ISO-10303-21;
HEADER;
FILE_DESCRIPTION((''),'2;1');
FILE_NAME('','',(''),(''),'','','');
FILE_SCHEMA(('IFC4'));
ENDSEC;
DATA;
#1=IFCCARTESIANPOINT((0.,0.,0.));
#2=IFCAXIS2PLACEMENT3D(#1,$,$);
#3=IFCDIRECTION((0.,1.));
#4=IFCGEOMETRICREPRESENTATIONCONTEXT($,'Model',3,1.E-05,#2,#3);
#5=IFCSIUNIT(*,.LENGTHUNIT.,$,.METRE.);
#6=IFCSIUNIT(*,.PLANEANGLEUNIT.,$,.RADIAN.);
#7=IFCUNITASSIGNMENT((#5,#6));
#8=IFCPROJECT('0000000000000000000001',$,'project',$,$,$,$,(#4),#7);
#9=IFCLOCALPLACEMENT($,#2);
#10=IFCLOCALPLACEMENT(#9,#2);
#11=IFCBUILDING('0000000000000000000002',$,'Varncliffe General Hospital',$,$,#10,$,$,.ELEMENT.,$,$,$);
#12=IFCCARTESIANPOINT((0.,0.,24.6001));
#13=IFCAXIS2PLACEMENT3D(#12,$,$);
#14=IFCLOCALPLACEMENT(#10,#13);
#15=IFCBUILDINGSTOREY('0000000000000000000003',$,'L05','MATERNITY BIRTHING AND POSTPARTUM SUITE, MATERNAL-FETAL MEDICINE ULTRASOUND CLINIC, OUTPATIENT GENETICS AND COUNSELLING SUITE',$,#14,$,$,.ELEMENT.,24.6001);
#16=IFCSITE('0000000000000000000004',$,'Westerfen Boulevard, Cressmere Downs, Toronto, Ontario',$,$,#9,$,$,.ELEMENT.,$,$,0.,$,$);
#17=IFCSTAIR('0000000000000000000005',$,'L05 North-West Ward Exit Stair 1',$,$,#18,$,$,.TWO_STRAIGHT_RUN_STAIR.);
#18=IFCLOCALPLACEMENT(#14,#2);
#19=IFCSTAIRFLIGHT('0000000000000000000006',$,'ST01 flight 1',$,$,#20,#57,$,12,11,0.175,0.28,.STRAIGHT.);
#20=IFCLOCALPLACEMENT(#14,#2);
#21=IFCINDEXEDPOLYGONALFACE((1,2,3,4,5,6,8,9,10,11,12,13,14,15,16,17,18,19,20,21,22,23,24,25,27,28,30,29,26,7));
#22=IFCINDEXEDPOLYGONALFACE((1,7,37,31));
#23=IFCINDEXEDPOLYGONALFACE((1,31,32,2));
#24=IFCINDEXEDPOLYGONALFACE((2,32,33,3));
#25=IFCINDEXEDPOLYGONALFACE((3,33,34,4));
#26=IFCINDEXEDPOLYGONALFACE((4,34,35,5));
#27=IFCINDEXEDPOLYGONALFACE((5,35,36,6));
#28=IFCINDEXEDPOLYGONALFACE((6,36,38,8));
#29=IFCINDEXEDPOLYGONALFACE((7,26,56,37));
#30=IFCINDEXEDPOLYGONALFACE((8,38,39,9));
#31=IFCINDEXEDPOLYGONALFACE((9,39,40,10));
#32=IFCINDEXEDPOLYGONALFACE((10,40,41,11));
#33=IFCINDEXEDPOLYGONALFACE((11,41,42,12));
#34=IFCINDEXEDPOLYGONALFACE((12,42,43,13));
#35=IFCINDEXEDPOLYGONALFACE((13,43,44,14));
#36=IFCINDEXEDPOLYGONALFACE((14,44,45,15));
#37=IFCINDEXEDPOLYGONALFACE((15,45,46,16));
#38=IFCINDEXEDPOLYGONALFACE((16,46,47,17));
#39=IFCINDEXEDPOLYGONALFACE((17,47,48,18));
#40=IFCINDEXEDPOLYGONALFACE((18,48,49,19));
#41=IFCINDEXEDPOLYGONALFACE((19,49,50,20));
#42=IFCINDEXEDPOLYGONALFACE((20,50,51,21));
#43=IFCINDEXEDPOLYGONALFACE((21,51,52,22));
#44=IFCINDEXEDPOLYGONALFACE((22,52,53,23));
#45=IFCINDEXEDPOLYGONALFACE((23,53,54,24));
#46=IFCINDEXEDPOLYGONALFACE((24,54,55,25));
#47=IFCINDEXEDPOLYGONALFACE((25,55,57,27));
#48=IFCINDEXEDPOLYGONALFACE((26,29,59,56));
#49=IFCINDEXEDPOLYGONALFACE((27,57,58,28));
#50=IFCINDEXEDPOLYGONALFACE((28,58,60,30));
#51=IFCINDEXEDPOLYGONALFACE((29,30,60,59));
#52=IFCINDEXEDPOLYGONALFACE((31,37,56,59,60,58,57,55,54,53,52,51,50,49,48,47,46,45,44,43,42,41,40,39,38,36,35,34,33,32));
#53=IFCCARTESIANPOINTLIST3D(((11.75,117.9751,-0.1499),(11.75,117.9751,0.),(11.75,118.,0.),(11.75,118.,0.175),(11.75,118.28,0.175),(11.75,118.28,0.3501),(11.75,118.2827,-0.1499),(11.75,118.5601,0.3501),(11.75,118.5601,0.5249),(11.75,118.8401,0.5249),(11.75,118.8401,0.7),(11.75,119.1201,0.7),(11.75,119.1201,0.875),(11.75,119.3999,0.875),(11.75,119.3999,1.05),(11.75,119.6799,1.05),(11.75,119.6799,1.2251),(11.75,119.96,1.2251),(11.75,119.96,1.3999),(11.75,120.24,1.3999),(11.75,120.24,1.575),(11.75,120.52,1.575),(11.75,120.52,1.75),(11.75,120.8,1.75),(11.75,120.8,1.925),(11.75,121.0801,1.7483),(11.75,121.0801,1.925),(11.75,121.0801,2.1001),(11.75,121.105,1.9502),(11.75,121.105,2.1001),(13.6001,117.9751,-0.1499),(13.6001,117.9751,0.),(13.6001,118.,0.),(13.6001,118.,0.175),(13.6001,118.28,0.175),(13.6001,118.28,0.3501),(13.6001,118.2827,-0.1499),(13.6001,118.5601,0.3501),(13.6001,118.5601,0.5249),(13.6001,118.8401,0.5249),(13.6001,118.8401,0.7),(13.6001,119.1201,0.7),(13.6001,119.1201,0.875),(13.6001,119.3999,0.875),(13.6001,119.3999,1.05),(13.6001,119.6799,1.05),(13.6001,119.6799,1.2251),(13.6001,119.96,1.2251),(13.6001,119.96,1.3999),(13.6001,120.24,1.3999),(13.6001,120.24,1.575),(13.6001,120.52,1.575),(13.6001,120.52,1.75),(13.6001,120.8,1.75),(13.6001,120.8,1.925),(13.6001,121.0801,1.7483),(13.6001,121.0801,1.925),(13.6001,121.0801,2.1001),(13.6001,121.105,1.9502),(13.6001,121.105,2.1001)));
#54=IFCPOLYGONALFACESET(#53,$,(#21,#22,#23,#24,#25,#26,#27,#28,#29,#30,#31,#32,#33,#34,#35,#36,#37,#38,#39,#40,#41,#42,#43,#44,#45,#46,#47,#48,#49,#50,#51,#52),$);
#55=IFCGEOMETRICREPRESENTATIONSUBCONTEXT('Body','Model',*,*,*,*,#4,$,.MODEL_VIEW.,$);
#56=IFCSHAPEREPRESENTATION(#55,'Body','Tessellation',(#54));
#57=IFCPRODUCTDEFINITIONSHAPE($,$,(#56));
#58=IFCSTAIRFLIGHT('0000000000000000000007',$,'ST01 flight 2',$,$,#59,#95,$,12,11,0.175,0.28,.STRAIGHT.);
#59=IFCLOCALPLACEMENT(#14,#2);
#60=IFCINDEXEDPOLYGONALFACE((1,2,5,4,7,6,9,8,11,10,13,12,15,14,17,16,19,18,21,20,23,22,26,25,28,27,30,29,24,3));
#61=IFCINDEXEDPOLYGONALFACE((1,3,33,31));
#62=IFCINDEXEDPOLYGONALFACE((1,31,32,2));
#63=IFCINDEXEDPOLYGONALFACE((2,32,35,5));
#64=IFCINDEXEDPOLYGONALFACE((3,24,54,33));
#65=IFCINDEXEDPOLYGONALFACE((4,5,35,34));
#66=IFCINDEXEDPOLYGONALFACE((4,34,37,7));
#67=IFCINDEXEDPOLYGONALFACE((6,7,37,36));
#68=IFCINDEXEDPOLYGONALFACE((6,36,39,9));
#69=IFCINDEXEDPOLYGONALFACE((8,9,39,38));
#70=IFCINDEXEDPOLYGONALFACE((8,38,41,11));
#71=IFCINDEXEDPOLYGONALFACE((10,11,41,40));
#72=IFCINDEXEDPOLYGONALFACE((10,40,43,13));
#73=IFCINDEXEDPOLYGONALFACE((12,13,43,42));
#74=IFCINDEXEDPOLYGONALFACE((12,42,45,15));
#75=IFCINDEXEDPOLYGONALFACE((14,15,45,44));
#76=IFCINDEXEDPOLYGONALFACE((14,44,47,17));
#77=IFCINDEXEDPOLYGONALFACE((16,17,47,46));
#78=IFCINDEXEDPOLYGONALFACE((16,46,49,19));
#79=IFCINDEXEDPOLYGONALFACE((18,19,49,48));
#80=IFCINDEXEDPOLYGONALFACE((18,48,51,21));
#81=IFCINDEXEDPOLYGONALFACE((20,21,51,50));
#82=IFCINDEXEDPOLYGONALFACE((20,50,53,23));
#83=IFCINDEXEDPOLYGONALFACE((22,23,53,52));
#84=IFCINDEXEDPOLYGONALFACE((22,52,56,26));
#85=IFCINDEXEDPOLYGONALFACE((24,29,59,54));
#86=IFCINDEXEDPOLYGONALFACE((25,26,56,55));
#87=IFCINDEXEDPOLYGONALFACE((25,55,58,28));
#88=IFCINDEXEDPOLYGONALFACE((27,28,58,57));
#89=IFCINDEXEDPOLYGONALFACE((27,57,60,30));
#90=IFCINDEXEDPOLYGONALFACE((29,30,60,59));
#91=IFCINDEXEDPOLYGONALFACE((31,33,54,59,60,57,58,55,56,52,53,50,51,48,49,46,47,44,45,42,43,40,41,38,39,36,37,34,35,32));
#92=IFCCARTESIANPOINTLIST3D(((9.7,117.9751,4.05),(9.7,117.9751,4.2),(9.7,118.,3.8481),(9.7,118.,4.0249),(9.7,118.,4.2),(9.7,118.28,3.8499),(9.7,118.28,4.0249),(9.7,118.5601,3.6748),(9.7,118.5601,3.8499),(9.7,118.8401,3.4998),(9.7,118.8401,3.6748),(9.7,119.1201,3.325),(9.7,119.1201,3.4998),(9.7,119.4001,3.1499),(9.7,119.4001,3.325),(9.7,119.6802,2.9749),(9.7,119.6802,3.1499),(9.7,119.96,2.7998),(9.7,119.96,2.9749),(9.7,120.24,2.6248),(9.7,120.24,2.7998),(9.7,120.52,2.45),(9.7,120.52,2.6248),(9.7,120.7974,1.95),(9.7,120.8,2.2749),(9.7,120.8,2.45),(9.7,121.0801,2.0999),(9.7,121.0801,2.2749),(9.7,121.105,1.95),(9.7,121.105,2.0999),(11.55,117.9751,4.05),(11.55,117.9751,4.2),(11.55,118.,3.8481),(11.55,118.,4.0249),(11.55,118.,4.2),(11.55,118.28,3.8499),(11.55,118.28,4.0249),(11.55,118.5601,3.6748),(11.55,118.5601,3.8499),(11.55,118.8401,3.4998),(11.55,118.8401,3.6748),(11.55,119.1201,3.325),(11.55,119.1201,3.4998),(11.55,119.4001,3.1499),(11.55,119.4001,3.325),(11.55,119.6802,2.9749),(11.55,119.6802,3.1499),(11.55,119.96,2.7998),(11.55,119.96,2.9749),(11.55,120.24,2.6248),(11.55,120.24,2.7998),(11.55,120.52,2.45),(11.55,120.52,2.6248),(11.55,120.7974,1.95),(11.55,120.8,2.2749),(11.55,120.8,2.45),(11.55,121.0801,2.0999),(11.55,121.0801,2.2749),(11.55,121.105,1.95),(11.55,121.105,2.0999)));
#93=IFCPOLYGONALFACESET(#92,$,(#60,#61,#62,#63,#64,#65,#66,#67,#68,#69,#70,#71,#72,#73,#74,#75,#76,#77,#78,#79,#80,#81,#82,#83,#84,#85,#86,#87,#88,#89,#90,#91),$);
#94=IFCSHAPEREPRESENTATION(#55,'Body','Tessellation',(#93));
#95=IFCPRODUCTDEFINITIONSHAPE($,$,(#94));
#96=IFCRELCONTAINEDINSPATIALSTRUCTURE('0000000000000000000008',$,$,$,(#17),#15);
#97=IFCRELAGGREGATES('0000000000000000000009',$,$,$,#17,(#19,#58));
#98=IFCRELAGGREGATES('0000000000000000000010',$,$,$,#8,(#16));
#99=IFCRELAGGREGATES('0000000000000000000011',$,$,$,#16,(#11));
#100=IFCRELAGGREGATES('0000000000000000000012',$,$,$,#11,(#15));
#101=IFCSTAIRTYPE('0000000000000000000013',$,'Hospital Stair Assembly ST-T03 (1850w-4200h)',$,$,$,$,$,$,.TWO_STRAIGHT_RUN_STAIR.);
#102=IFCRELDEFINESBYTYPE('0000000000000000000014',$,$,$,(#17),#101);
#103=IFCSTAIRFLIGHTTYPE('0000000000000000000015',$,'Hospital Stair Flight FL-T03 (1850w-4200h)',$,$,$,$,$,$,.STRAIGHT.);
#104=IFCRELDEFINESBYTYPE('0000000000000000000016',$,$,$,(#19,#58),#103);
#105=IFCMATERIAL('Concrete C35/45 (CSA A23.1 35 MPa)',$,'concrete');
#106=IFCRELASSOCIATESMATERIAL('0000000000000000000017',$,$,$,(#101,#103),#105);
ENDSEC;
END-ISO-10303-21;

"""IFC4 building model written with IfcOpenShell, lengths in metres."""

from ifc_helpers import new_model, si_unit, direction, frame, origin, place, context, subcontext, project, spatial, polyline, outline, extrude, material, type_object, element, aggregate, save


model = new_model("IFC4")

# Units and contexts
model_context = context("Model", 3, precision=1e-05, world=origin(), true_north=direction((0.0, 1.0)))
body_context = subcontext(model_context, "Body", "Model", "MODEL_VIEW")
ifc_project = project(units=[si_unit("LENGTHUNIT", "METRE"), si_unit("PLANEANGLEUNIT", "RADIAN")], contexts=[model_context])

# Site, building, storey
site_placement = place(None, origin())
site = spatial("IfcSite", under=ifc_project, at=site_placement, Name="Westerfen Boulevard, Cressmere Downs, Toronto, Ontario", CompositionType="ELEMENT", RefElevation=0.0)
building_placement = place(site_placement, origin())
building = spatial("IfcBuilding", under=site, at=building_placement, Name="Varncliffe General Hospital", CompositionType="ELEMENT")
storey_placement = place(building_placement, frame((0.0, 0.0, 24.6001)))
storey = spatial("IfcBuildingStorey", under=building, at=storey_placement, Name="L05", Description="MATERNITY BIRTHING AND POSTPARTUM SUITE, MATERNAL-FETAL MEDICINE ULTRASOUND CLINIC, OUTPATIENT GENETICS AND COUNSELLING SUITE", CompositionType="ELEMENT", Elevation=24.6001)

# Shared definitions
ifc_material_1 = material(Name="Concrete C35/45 (CSA A23.1 35 MPa)", Category="concrete")

# Stair, stair flights
stair_type = type_object("IfcStairType", Name="Hospital Stair Assembly ST-T03 (1850w-4200h)", PredefinedType="TWO_STRAIGHT_RUN_STAIR", material=ifc_material_1)
stair_placement = place(storey_placement, origin())
stair = element("IfcStair", 1, at=stair_placement, inside=storey, type_object=stair_type, Name="L05 North-West Ward Exit Stair 1", PredefinedType="TWO_STRAIGHT_RUN_STAIR")
stair_flight_type = type_object("IfcStairFlightType", Name="Hospital Stair Flight FL-T03 (1850w-4200h)", PredefinedType="STRAIGHT", material=ifc_material_1)
stair_flight_1_placement = place(storey_placement, frame((12.675, 118.0, 0.0), z_axis=(0.0, 0.0, 1.0), x_axis=(0.0, 1.0, 0.0)))
stair_flight_1 = element("IfcStairFlight", 2, at=stair_flight_1_placement, type_object=stair_flight_type, Name="ST01 flight 1", NumberOfRisers=12, NumberOfTreads=11, PredefinedType="STRAIGHT", RiserHeight=0.175, TreadLength=0.28, context=body_context, shape_type="SweptSolid", body=[
    extrude(outline(polyline([(-0.0249, -0.1499), (-0.0249, 0.0), (0.0, 0.0), (0.0, 0.175), (0.28, 0.175), (0.28, 0.3501), (0.5601, 0.3501), (0.5601, 0.5249), (0.8401, 0.5249), (0.8401, 0.7), (1.1201, 0.7), (1.1201, 0.875), (1.3999, 0.875), (1.3999, 1.05), (1.6799, 1.05), (1.6799, 1.2251), (1.96, 1.2251), (1.96, 1.3999), (2.24, 1.3999), (2.24, 1.575), (2.52, 1.575), (2.52, 1.75), (2.8, 1.75), (2.8, 1.925), (3.0801, 1.925), (3.0801, 2.1001), (3.105, 2.1001), (3.105, 1.9502), (3.0801, 1.7483), (0.2827, -0.1499), (-0.0249, -0.1499)])), frame((0.0, 0.925, 0.0), z_axis=(0.0, -1.0, 0.0), x_axis=(1.0, 0.0, 0.0)), (0.0, 0.0, 1.0), 1.8501),
])
stair_flight_2_placement = place(storey_placement, frame((10.625, 121.0801, 2.0999), z_axis=(0.0, 0.0, 1.0), x_axis=(0.0, -1.0, 0.0)))
stair_flight_2 = element("IfcStairFlight", 3, at=stair_flight_2_placement, type_object=stair_flight_type, Name="ST01 flight 2", NumberOfRisers=12, NumberOfTreads=11, PredefinedType="STRAIGHT", RiserHeight=0.175, TreadLength=0.28, context=body_context, shape_type="SweptSolid", body=[
    extrude(outline(polyline([(-0.0249, -0.1499), (-0.0249, 0.0), (0.0, 0.0), (0.0, 0.175), (0.28, 0.175), (0.28, 0.3501), (0.5601, 0.3501), (0.5601, 0.5249), (0.8401, 0.5249), (0.8401, 0.7), (1.1201, 0.7), (1.1201, 0.875), (1.3999, 0.875), (1.3999, 1.05), (1.6799, 1.05), (1.6799, 1.2251), (1.96, 1.2251), (1.96, 1.3999), (2.24, 1.3999), (2.24, 1.575), (2.52, 1.575), (2.52, 1.75), (2.8, 1.75), (2.8, 1.925), (3.0801, 1.925), (3.0801, 2.1001), (3.105, 2.1001), (3.105, 1.9502), (3.0801, 1.7483), (0.2827, -0.1499), (-0.0249, -0.1499)])), frame((0.0, 0.925, 0.0), z_axis=(0.0, -1.0, 0.0), x_axis=(1.0, 0.0, 0.0)), (0.0, 0.0, 1.0), 1.8501),
])
aggregate(stair, [stair_flight_1, stair_flight_2])

save(model, "model.ifc")
